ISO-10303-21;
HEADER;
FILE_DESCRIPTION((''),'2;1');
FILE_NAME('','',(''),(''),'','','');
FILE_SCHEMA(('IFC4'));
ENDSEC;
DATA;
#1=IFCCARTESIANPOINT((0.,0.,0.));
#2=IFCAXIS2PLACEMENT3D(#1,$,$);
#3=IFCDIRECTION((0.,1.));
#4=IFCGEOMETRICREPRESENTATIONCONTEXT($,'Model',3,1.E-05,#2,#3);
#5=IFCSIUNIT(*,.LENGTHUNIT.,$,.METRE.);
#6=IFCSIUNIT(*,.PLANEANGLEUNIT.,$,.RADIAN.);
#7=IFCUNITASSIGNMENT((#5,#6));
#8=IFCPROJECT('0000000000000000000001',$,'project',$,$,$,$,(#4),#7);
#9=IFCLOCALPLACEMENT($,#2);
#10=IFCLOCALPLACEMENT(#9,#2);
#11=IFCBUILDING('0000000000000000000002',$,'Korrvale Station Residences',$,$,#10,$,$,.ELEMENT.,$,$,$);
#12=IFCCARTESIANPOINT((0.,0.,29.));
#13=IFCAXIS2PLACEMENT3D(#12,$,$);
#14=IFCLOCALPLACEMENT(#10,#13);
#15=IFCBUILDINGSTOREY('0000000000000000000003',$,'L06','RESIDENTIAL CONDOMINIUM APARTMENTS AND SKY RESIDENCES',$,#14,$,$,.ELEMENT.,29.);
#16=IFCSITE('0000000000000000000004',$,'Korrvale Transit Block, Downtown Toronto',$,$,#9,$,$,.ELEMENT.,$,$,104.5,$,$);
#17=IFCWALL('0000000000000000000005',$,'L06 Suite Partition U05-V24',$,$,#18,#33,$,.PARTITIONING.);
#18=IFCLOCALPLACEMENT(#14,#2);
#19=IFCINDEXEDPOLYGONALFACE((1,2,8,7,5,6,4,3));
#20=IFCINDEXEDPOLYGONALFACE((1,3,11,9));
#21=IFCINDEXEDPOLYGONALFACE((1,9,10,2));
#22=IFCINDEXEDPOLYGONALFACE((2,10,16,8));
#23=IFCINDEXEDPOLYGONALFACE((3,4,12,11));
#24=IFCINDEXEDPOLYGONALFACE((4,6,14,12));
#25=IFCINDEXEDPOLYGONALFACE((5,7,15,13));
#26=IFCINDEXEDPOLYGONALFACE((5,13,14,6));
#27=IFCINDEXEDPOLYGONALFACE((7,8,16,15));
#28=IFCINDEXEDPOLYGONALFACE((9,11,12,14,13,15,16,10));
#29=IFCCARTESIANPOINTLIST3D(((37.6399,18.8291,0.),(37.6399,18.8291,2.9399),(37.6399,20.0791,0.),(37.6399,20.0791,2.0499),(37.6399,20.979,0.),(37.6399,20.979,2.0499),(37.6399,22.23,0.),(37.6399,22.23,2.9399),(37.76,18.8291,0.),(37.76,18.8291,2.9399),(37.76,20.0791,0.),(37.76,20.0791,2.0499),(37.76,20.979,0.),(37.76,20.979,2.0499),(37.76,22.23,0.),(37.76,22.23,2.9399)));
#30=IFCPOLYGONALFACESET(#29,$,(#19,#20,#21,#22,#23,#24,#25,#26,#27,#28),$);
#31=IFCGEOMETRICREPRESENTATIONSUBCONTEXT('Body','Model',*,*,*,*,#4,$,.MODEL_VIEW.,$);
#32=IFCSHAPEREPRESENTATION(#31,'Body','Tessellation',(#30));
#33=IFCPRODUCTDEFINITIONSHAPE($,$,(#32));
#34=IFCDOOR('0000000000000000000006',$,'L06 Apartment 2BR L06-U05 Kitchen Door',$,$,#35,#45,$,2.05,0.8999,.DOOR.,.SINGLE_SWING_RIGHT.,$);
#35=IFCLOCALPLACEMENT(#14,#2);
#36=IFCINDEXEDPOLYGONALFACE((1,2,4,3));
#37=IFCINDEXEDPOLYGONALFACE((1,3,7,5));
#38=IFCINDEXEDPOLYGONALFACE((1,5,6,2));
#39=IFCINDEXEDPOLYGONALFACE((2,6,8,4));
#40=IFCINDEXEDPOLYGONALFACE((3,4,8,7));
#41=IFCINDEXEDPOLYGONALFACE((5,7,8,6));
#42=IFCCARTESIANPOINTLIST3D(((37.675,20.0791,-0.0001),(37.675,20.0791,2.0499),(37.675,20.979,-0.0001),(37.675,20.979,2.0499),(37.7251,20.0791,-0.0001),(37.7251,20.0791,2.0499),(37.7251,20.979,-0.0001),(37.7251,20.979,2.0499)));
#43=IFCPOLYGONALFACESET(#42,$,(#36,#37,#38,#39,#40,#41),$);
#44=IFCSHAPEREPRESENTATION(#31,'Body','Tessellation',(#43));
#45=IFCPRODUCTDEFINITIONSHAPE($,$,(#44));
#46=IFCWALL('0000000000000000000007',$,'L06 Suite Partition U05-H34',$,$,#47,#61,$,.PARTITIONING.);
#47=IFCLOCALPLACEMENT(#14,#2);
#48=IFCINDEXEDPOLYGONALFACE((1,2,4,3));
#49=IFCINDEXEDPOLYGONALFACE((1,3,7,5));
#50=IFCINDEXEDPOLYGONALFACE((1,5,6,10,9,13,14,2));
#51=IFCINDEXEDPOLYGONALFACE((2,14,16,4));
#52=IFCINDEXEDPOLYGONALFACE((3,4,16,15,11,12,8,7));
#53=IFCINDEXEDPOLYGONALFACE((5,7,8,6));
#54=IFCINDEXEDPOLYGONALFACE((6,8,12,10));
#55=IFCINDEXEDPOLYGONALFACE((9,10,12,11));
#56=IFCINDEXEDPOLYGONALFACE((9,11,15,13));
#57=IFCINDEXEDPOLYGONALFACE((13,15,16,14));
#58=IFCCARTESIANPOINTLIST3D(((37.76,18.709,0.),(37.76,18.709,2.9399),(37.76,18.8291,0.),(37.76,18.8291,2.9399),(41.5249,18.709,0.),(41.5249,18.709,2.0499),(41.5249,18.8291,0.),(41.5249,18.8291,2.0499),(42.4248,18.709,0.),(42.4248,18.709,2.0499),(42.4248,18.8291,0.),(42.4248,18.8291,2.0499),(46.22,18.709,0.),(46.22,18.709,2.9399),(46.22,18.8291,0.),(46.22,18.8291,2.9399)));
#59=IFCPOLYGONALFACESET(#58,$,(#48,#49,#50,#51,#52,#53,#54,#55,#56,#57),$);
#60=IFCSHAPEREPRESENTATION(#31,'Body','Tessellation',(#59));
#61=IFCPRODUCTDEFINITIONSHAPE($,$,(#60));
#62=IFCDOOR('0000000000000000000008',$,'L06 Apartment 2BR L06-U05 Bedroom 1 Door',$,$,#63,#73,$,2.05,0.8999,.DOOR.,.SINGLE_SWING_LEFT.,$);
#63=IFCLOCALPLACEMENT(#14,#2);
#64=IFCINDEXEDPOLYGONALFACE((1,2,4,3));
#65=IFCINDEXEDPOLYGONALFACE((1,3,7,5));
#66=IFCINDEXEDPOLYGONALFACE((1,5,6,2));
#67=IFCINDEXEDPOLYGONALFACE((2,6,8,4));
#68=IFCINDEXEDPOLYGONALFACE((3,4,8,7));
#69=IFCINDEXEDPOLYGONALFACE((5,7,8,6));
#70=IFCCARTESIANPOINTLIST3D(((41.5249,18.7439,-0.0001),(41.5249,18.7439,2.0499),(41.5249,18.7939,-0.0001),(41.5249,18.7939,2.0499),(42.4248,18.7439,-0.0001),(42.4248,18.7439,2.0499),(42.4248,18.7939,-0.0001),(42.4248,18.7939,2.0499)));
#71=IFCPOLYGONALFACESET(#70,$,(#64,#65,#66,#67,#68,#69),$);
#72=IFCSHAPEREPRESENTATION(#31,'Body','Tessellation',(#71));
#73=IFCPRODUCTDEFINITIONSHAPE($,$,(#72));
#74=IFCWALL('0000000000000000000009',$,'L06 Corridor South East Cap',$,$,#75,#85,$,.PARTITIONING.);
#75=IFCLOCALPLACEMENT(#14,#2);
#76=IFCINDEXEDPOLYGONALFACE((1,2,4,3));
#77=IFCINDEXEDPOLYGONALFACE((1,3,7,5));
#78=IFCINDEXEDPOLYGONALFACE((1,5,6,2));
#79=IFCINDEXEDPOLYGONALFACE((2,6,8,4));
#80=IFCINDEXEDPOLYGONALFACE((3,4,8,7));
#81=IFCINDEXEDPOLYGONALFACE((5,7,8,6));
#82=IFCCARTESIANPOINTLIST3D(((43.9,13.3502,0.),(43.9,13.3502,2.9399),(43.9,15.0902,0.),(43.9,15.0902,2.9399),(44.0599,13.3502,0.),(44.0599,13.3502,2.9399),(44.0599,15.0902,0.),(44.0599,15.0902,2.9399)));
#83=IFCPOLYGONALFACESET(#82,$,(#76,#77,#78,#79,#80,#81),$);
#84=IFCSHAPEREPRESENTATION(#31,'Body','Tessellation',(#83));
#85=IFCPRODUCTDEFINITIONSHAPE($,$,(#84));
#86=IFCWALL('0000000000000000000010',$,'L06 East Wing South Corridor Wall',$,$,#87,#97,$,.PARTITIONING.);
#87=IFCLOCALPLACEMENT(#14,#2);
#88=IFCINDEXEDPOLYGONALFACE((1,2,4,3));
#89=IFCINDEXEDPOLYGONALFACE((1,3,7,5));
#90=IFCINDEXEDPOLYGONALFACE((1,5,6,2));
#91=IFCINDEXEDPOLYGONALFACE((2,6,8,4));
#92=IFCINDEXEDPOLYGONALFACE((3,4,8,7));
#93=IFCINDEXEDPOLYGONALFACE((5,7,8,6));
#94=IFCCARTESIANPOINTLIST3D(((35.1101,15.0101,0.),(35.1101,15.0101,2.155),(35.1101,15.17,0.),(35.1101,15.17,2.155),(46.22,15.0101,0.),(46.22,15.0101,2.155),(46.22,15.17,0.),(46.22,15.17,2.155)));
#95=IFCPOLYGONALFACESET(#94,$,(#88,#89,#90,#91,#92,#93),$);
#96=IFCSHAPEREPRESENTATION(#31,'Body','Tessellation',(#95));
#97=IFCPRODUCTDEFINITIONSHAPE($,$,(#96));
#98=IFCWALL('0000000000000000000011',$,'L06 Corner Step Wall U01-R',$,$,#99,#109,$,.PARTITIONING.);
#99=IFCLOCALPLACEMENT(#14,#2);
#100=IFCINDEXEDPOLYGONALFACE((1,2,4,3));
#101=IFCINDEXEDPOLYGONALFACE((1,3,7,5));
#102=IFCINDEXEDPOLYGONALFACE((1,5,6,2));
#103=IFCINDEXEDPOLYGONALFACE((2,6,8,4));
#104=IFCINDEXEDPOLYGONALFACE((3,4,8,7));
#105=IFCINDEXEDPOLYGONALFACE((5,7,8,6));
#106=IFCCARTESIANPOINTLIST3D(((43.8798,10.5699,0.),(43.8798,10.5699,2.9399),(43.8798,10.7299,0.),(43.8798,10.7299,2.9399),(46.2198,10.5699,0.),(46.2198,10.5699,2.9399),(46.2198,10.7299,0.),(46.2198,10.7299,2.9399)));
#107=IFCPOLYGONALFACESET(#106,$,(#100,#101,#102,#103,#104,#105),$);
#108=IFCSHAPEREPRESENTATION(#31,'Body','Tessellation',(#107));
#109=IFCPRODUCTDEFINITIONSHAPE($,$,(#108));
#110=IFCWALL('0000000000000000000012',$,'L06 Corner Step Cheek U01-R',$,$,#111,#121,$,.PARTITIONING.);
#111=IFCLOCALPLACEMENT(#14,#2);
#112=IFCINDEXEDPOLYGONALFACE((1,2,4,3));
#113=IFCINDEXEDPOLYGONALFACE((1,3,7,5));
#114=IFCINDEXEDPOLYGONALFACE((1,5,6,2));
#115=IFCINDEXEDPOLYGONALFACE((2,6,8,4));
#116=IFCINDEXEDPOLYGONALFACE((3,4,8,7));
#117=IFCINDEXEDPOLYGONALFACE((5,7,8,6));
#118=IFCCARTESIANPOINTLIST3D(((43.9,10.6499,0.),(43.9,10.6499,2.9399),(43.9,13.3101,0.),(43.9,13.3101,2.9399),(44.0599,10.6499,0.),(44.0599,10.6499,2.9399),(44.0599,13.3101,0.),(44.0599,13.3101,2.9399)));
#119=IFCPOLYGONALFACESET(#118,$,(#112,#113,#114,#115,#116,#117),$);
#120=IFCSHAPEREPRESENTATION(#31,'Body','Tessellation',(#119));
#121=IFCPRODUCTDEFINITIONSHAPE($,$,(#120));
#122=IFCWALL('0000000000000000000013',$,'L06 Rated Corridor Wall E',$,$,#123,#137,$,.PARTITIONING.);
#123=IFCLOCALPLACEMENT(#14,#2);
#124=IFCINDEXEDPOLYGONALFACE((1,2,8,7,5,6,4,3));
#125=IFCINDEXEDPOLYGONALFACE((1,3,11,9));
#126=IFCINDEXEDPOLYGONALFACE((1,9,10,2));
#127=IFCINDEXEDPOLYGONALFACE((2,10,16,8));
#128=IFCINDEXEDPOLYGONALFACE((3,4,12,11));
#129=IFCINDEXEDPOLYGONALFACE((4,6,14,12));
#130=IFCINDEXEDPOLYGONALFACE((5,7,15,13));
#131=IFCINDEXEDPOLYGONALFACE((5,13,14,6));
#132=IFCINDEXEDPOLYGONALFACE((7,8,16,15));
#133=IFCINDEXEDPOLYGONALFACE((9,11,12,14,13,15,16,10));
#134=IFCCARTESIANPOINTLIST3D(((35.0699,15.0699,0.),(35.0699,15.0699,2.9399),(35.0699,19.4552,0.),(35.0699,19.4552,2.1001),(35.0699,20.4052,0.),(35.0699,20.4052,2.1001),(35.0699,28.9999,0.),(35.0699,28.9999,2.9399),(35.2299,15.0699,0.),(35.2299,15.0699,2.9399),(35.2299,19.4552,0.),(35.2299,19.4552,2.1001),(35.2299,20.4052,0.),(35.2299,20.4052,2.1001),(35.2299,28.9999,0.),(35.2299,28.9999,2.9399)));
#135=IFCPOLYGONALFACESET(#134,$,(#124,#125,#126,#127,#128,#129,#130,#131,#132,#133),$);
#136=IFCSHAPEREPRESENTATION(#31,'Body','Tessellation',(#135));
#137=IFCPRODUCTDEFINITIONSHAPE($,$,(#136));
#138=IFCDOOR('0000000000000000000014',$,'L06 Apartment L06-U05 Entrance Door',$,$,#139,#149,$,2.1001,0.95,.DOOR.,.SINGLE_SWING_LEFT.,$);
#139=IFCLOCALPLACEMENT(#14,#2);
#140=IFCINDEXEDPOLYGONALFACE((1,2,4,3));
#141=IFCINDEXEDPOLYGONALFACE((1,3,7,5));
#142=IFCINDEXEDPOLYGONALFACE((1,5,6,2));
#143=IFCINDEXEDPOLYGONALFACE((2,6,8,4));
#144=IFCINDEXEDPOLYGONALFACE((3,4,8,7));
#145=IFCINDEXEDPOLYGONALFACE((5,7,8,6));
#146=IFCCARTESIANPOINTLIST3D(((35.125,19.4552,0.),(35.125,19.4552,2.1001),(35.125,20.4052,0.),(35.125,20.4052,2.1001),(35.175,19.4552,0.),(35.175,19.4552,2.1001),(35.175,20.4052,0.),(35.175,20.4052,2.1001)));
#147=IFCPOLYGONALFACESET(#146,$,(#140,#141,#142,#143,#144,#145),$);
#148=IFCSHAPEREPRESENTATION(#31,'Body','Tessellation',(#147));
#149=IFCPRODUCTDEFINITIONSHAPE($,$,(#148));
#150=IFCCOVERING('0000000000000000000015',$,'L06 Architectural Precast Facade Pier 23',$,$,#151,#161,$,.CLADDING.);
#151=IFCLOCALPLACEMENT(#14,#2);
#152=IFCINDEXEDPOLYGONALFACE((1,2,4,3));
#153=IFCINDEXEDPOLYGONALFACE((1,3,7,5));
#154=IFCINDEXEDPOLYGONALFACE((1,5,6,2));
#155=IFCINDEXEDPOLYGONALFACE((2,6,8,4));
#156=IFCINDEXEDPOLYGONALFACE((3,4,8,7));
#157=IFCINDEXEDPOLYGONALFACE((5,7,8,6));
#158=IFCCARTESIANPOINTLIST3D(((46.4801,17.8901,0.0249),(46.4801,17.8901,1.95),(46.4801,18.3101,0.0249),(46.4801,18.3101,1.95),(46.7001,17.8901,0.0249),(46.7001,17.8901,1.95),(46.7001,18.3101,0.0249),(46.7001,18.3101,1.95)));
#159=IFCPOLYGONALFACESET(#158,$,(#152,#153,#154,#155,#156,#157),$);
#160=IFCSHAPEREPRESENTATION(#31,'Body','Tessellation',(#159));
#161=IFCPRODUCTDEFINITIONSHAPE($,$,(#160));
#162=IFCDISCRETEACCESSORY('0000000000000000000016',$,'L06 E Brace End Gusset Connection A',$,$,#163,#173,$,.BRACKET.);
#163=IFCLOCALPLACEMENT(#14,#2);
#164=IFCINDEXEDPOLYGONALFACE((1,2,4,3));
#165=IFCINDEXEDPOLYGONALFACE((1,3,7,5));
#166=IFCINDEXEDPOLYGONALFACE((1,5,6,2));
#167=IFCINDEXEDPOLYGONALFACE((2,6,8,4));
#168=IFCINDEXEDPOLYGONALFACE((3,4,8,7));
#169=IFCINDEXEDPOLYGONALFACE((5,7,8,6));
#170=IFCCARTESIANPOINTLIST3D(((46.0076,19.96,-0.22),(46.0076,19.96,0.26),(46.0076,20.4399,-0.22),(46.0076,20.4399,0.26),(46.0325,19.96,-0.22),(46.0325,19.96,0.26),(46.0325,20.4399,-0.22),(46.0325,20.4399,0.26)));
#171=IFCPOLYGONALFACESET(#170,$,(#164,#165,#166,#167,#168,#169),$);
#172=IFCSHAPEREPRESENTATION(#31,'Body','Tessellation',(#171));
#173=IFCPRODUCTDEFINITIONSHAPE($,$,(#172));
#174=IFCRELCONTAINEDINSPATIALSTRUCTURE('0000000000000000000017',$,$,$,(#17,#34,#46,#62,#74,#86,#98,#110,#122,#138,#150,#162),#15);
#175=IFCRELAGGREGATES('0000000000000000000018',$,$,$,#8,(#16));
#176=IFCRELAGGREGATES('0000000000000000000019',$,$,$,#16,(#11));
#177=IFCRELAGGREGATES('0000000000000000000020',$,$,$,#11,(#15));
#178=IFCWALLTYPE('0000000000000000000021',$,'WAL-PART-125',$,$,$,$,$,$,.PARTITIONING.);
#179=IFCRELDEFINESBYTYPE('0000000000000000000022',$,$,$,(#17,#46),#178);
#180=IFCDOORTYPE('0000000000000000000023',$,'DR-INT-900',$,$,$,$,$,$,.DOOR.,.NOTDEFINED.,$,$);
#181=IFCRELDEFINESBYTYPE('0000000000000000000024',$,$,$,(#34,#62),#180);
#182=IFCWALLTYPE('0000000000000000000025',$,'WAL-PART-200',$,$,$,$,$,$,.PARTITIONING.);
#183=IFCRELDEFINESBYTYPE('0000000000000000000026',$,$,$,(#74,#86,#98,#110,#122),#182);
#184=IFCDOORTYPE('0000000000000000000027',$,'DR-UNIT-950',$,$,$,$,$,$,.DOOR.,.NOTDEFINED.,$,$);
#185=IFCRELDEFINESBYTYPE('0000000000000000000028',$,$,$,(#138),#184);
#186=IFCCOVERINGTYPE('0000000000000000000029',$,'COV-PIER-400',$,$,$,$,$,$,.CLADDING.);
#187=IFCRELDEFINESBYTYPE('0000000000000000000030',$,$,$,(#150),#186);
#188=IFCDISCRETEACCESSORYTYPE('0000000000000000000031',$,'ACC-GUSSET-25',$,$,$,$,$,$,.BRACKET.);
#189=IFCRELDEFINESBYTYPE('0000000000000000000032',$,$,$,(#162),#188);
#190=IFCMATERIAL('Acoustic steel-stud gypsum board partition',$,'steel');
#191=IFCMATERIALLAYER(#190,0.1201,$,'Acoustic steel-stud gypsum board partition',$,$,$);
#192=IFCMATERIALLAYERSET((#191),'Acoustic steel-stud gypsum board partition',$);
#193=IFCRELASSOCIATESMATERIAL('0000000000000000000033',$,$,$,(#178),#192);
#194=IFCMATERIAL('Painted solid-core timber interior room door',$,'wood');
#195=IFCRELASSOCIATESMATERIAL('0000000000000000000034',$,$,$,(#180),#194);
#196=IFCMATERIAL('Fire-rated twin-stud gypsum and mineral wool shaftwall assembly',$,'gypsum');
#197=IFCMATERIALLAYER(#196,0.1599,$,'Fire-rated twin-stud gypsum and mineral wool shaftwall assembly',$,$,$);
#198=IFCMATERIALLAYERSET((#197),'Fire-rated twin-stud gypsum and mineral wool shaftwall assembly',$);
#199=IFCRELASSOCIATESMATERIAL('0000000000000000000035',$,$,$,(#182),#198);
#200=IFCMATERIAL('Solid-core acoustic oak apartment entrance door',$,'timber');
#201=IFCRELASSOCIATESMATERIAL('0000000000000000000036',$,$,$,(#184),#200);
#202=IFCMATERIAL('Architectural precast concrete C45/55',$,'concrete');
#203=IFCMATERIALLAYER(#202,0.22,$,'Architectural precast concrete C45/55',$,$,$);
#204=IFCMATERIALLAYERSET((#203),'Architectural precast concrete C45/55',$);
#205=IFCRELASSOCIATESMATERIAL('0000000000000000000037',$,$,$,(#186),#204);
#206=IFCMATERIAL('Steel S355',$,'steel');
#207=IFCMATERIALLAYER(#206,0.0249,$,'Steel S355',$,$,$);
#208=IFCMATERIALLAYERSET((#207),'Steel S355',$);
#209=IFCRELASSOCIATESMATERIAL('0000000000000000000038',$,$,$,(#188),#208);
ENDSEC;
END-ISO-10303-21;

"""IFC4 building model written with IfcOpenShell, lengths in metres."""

from ifc_helpers import new_model, si_unit, direction, frame, frame_2d, origin, origin_2d, place, context, subcontext, project, spatial, rectangle, extrude, material, layer, layer_set, type_object, element, fill, save


model = new_model("IFC4")

# Units and contexts
model_context = context("Model", 3, precision=1e-05, world=origin(), true_north=direction((0.0, 1.0)))
body_context = subcontext(model_context, "Body", "Model", "MODEL_VIEW")
ifc_project = project(units=[si_unit("LENGTHUNIT", "METRE"), si_unit("PLANEANGLEUNIT", "RADIAN")], contexts=[model_context])

# Site, building, storey
site_placement = place(None, origin())
site = spatial("IfcSite", under=ifc_project, at=site_placement, Name="Korrvale Transit Block, Downtown Toronto", CompositionType="ELEMENT", RefElevation=104.5)
building_placement = place(site_placement, origin())
building = spatial("IfcBuilding", under=site, at=building_placement, Name="Korrvale Station Residences", CompositionType="ELEMENT")
storey_placement = place(building_placement, frame((0.0, 0.0, 29.0)))
storey = spatial("IfcBuildingStorey", under=building, at=storey_placement, Name="L06", Description="RESIDENTIAL CONDOMINIUM APARTMENTS AND SKY RESIDENCES", CompositionType="ELEMENT", Elevation=29.0)

# Shared definitions
ifc_material_1 = material(Name="Steel S355", Category="steel")

# Shared definitions
ifc_material_2 = material(Name="Acoustic steel-stud gypsum board partition", Category="steel")
ifc_layer_1 = layer(ifc_material_2, 0.1201, Name="Acoustic steel-stud gypsum board partition")
ifc_layer_set_1 = layer_set([ifc_layer_1], Name="Acoustic steel-stud gypsum board partition")
wall_type_1 = type_object("IfcWallType", Name="WAL-PART-125", PredefinedType="PARTITIONING", material=ifc_layer_set_1)
ifc_material_3 = material(Name="Painted solid-core timber interior room door", Category="wood")
door_type_1 = type_object("IfcDoorType", Name="DR-INT-900", OperationType="NOTDEFINED", PredefinedType="DOOR", material=ifc_material_3)

# Walls, openings, doors
wall_1_placement = place(storey_placement, frame((37.7, 18.8291, 0.0), z_axis=(0.0, 0.0, 1.0), x_axis=(0.0, 1.0, 0.0)))
wall_1 = element("IfcWall", 1, at=wall_1_placement, inside=storey, type_object=wall_type_1, Name="L06 Suite Partition U05-V24", PredefinedType="PARTITIONING", context=body_context, shape_type="SweptSolid", body=[
    extrude(rectangle(XDim=3.4009, YDim=0.1201, at=frame_2d((1.7004, 0.0))), origin(), (0.0, 0.0, 1.0), 2.9399),
])
opening_1_placement = place(wall_1_placement, frame((1.25, 0.0, 0.0)))
opening_1 = element("IfcOpeningElement", 2, at=opening_1_placement, cuts=wall_1, PredefinedType="OPENING", context=body_context, shape_type="SweptSolid", body=[
    extrude(rectangle(XDim=0.8999, YDim=2.05, at=frame_2d((0.45, 1.0249))), frame((0.0, 0.0701, 0.0), z_axis=(0.0, -1.0, 0.0), x_axis=(1.0, 0.0, 0.0)), (0.0, 0.0, 1.0), 0.1401),
])
door_1_placement = place(opening_1_placement, origin())
door_1 = element("IfcDoor", 3, at=door_1_placement, inside=storey, type_object=door_type_1, Name="L06 Apartment 2BR L06-U05 Kitchen Door", OperationType="SINGLE_SWING_RIGHT", OverallHeight=2.05, OverallWidth=0.8999, PredefinedType="DOOR", context=body_context, shape_type="SweptSolid", body=[
    extrude(rectangle(XDim=0.8999, YDim=2.05, at=frame_2d((0.45, 1.0249))), frame((0.0, 0.0249, 0.0), z_axis=(0.0, -1.0, 0.0), x_axis=(1.0, 0.0, 0.0)), (0.0, 0.0, 1.0), 0.05),
])
fill(opening_1, door_1)
wall_2_placement = place(storey_placement, frame((37.76, 18.769, 0.0), z_axis=(0.0, 0.0, 1.0), x_axis=(1.0, 0.0, 0.0)))
wall_2 = element("IfcWall", 4, at=wall_2_placement, inside=storey, type_object=wall_type_1, Name="L06 Suite Partition U05-H34", PredefinedType="PARTITIONING", context=body_context, shape_type="SweptSolid", body=[
    extrude(rectangle(XDim=8.46, YDim=0.1201, at=frame_2d((4.23, 0.0))), origin(), (0.0, 0.0, 1.0), 2.9399),
])
opening_2_placement = place(wall_2_placement, frame((3.7649, 0.0, 0.0)))
opening_2 = element("IfcOpeningElement", 5, at=opening_2_placement, cuts=wall_2, PredefinedType="OPENING", context=body_context, shape_type="SweptSolid", body=[
    extrude(rectangle(XDim=0.8999, YDim=2.05, at=frame_2d((0.45, 1.0249))), frame((0.0, 0.0701, 0.0), z_axis=(0.0, -1.0, 0.0), x_axis=(1.0, 0.0, 0.0)), (0.0, 0.0, 1.0), 0.1401),
])
door_2_placement = place(opening_2_placement, origin())
door_2 = element("IfcDoor", 6, at=door_2_placement, inside=storey, type_object=door_type_1, Name="L06 Apartment 2BR L06-U05 Bedroom 1 Door", OperationType="SINGLE_SWING_LEFT", OverallHeight=2.05, OverallWidth=0.8999, PredefinedType="DOOR", context=body_context, shape_type="SweptSolid", body=[
    extrude(rectangle(XDim=0.8999, YDim=2.05, at=frame_2d((0.45, 1.0249))), frame((0.0, 0.0249, 0.0), z_axis=(0.0, -1.0, 0.0), x_axis=(1.0, 0.0, 0.0)), (0.0, 0.0, 1.0), 0.05),
])
fill(opening_2, door_2)

# Walls
ifc_material_4 = material(Name="Fire-rated twin-stud gypsum and mineral wool shaftwall assembly", Category="gypsum")
ifc_layer_2 = layer(ifc_material_4, 0.1599, Name="Fire-rated twin-stud gypsum and mineral wool shaftwall assembly")
ifc_layer_set_2 = layer_set([ifc_layer_2], Name="Fire-rated twin-stud gypsum and mineral wool shaftwall assembly")
wall_type_2 = type_object("IfcWallType", Name="WAL-PART-200", PredefinedType="PARTITIONING", material=ifc_layer_set_2)
wall_3_placement = place(storey_placement, frame((43.98, 13.3501, 0.0), z_axis=(0.0, 0.0, 1.0), x_axis=(0.0, 1.0, 0.0)))
element("IfcWall", 7, at=wall_3_placement, inside=storey, type_object=wall_type_2, Name="L06 Corridor South East Cap", PredefinedType="PARTITIONING", context=body_context, shape_type="SweptSolid", body=[
    extrude(rectangle(XDim=1.74, YDim=0.1599, at=frame_2d((0.8701, 0.0))), origin(), (0.0, 0.0, 1.0), 2.9399),
])
wall_4_placement = place(storey_placement, frame((35.1101, 15.0901, 0.0), z_axis=(0.0, 0.0, 1.0), x_axis=(1.0, 0.0, 0.0)))
element("IfcWall", 8, at=wall_4_placement, inside=storey, type_object=wall_type_2, Name="L06 East Wing South Corridor Wall", PredefinedType="PARTITIONING", context=body_context, shape_type="SweptSolid", body=[
    extrude(rectangle(XDim=11.1099, YDim=0.1599, at=frame_2d((5.5549, 0.0))), origin(), (0.0, 0.0, 1.0), 2.155),
])
wall_5_placement = place(storey_placement, frame((43.8799, 10.6499, 0.0), z_axis=(0.0, 0.0, 1.0), x_axis=(1.0, 0.0, 0.0)))
element("IfcWall", 9, at=wall_5_placement, inside=storey, type_object=wall_type_2, Name="L06 Corner Step Wall U01-R", PredefinedType="PARTITIONING", context=body_context, shape_type="SweptSolid", body=[
    extrude(rectangle(XDim=2.3401, YDim=0.1599, at=frame_2d((1.1699, 0.0))), origin(), (0.0, 0.0, 1.0), 2.9399),
])
wall_6_placement = place(storey_placement, frame((43.98, 10.6499, 0.0), z_axis=(0.0, 0.0, 1.0), x_axis=(0.0, 1.0, 0.0)))
element("IfcWall", 10, at=wall_6_placement, inside=storey, type_object=wall_type_2, Name="L06 Corner Step Cheek U01-R", PredefinedType="PARTITIONING", context=body_context, shape_type="SweptSolid", body=[
    extrude(rectangle(XDim=2.6602, YDim=0.1599, at=frame_2d((1.3301, 0.0))), origin(), (0.0, 0.0, 1.0), 2.9399),
])

# Wall, opening, door
wall_7_placement = place(storey_placement, frame((35.1499, 15.0701, 0.0), z_axis=(0.0, 0.0, 1.0), x_axis=(0.0, 1.0, 0.0)))
wall_7 = element("IfcWall", 11, at=wall_7_placement, inside=storey, type_object=wall_type_2, Name="L06 Rated Corridor Wall E", PredefinedType="PARTITIONING", context=body_context, shape_type="SweptSolid", body=[
    extrude(rectangle(XDim=13.9299, YDim=0.1599, at=frame_2d((6.9648, 0.0))), origin(), (0.0, 0.0, 1.0), 2.9399),
])
opening_3_placement = place(wall_7_placement, frame((4.385, 0.0, 0.0)))
opening_3 = element("IfcOpeningElement", 12, at=opening_3_placement, cuts=wall_7, PredefinedType="OPENING", context=body_context, shape_type="SweptSolid", body=[
    extrude(rectangle(XDim=0.95, YDim=2.1001, at=frame_2d((0.4751, 1.05))), frame((0.0, 0.0898, 0.0), z_axis=(0.0, -1.0, 0.0), x_axis=(1.0, 0.0, 0.0)), (0.0, 0.0, 1.0), 0.1799),
])
ifc_material_5 = material(Name="Solid-core acoustic oak apartment entrance door", Category="timber")
door_type_2 = type_object("IfcDoorType", Name="DR-UNIT-950", OperationType="NOTDEFINED", PredefinedType="DOOR", material=ifc_material_5)
door_3_placement = place(opening_3_placement, origin())
door_3 = element("IfcDoor", 13, at=door_3_placement, inside=storey, type_object=door_type_2, Name="L06 Apartment L06-U05 Entrance Door", OperationType="SINGLE_SWING_LEFT", OverallHeight=2.1001, OverallWidth=0.95, PredefinedType="DOOR", context=body_context, shape_type="SweptSolid", body=[
    extrude(rectangle(XDim=0.95, YDim=2.1001, at=frame_2d((0.4751, 1.05))), frame((0.0, 0.0249, 0.0), z_axis=(0.0, -1.0, 0.0), x_axis=(1.0, 0.0, 0.0)), (0.0, 0.0, 1.0), 0.05),
])
fill(opening_3, door_3)

# Covering
ifc_material_6 = material(Name="Architectural precast concrete C45/55", Category="concrete")
ifc_layer_3 = layer(ifc_material_6, 0.22, Name="Architectural precast concrete C45/55")
ifc_layer_set_3 = layer_set([ifc_layer_3], Name="Architectural precast concrete C45/55")
covering_type = type_object("IfcCoveringType", Name="COV-PIER-400", PredefinedType="CLADDING", material=ifc_layer_set_3)
covering_placement = place(storey_placement, frame((46.5901, 18.1001, 0.0249), z_axis=(0.0, 0.0, 1.0), x_axis=(0.0, 1.0, 0.0)))
element("IfcCovering", 14, at=covering_placement, inside=storey, type_object=covering_type, Name="L06 Architectural Precast Facade Pier 23", PredefinedType="CLADDING", context=body_context, shape_type="SweptSolid", body=[
    extrude(rectangle(XDim=0.4199, YDim=0.22, at=origin_2d()), origin(), (0.0, 0.0, 1.0), 1.925),
])

# Discrete accessory
ifc_layer_4 = layer(ifc_material_1, 0.0249, Name="Steel S355")
ifc_layer_set_4 = layer_set([ifc_layer_4], Name="Steel S355")
discrete_accessory_type = type_object("IfcDiscreteAccessoryType", Name="ACC-GUSSET-25", PredefinedType="BRACKET", material=ifc_layer_set_4)
discrete_accessory_placement = place(storey_placement, frame((46.02, 20.2, -0.22), z_axis=(0.0, 0.0, 1.0), x_axis=(0.0, 1.0, 0.0)))
element("IfcDiscreteAccessory", 15, at=discrete_accessory_placement, inside=storey, type_object=discrete_accessory_type, Name="L06 E Brace End Gusset Connection A", PredefinedType="BRACKET", context=body_context, shape_type="SweptSolid", body=[
    extrude(rectangle(XDim=0.48, YDim=0.0249, at=origin_2d()), origin(), (0.0, 0.0, 1.0), 0.48),
])

save(model, "model.ifc")
